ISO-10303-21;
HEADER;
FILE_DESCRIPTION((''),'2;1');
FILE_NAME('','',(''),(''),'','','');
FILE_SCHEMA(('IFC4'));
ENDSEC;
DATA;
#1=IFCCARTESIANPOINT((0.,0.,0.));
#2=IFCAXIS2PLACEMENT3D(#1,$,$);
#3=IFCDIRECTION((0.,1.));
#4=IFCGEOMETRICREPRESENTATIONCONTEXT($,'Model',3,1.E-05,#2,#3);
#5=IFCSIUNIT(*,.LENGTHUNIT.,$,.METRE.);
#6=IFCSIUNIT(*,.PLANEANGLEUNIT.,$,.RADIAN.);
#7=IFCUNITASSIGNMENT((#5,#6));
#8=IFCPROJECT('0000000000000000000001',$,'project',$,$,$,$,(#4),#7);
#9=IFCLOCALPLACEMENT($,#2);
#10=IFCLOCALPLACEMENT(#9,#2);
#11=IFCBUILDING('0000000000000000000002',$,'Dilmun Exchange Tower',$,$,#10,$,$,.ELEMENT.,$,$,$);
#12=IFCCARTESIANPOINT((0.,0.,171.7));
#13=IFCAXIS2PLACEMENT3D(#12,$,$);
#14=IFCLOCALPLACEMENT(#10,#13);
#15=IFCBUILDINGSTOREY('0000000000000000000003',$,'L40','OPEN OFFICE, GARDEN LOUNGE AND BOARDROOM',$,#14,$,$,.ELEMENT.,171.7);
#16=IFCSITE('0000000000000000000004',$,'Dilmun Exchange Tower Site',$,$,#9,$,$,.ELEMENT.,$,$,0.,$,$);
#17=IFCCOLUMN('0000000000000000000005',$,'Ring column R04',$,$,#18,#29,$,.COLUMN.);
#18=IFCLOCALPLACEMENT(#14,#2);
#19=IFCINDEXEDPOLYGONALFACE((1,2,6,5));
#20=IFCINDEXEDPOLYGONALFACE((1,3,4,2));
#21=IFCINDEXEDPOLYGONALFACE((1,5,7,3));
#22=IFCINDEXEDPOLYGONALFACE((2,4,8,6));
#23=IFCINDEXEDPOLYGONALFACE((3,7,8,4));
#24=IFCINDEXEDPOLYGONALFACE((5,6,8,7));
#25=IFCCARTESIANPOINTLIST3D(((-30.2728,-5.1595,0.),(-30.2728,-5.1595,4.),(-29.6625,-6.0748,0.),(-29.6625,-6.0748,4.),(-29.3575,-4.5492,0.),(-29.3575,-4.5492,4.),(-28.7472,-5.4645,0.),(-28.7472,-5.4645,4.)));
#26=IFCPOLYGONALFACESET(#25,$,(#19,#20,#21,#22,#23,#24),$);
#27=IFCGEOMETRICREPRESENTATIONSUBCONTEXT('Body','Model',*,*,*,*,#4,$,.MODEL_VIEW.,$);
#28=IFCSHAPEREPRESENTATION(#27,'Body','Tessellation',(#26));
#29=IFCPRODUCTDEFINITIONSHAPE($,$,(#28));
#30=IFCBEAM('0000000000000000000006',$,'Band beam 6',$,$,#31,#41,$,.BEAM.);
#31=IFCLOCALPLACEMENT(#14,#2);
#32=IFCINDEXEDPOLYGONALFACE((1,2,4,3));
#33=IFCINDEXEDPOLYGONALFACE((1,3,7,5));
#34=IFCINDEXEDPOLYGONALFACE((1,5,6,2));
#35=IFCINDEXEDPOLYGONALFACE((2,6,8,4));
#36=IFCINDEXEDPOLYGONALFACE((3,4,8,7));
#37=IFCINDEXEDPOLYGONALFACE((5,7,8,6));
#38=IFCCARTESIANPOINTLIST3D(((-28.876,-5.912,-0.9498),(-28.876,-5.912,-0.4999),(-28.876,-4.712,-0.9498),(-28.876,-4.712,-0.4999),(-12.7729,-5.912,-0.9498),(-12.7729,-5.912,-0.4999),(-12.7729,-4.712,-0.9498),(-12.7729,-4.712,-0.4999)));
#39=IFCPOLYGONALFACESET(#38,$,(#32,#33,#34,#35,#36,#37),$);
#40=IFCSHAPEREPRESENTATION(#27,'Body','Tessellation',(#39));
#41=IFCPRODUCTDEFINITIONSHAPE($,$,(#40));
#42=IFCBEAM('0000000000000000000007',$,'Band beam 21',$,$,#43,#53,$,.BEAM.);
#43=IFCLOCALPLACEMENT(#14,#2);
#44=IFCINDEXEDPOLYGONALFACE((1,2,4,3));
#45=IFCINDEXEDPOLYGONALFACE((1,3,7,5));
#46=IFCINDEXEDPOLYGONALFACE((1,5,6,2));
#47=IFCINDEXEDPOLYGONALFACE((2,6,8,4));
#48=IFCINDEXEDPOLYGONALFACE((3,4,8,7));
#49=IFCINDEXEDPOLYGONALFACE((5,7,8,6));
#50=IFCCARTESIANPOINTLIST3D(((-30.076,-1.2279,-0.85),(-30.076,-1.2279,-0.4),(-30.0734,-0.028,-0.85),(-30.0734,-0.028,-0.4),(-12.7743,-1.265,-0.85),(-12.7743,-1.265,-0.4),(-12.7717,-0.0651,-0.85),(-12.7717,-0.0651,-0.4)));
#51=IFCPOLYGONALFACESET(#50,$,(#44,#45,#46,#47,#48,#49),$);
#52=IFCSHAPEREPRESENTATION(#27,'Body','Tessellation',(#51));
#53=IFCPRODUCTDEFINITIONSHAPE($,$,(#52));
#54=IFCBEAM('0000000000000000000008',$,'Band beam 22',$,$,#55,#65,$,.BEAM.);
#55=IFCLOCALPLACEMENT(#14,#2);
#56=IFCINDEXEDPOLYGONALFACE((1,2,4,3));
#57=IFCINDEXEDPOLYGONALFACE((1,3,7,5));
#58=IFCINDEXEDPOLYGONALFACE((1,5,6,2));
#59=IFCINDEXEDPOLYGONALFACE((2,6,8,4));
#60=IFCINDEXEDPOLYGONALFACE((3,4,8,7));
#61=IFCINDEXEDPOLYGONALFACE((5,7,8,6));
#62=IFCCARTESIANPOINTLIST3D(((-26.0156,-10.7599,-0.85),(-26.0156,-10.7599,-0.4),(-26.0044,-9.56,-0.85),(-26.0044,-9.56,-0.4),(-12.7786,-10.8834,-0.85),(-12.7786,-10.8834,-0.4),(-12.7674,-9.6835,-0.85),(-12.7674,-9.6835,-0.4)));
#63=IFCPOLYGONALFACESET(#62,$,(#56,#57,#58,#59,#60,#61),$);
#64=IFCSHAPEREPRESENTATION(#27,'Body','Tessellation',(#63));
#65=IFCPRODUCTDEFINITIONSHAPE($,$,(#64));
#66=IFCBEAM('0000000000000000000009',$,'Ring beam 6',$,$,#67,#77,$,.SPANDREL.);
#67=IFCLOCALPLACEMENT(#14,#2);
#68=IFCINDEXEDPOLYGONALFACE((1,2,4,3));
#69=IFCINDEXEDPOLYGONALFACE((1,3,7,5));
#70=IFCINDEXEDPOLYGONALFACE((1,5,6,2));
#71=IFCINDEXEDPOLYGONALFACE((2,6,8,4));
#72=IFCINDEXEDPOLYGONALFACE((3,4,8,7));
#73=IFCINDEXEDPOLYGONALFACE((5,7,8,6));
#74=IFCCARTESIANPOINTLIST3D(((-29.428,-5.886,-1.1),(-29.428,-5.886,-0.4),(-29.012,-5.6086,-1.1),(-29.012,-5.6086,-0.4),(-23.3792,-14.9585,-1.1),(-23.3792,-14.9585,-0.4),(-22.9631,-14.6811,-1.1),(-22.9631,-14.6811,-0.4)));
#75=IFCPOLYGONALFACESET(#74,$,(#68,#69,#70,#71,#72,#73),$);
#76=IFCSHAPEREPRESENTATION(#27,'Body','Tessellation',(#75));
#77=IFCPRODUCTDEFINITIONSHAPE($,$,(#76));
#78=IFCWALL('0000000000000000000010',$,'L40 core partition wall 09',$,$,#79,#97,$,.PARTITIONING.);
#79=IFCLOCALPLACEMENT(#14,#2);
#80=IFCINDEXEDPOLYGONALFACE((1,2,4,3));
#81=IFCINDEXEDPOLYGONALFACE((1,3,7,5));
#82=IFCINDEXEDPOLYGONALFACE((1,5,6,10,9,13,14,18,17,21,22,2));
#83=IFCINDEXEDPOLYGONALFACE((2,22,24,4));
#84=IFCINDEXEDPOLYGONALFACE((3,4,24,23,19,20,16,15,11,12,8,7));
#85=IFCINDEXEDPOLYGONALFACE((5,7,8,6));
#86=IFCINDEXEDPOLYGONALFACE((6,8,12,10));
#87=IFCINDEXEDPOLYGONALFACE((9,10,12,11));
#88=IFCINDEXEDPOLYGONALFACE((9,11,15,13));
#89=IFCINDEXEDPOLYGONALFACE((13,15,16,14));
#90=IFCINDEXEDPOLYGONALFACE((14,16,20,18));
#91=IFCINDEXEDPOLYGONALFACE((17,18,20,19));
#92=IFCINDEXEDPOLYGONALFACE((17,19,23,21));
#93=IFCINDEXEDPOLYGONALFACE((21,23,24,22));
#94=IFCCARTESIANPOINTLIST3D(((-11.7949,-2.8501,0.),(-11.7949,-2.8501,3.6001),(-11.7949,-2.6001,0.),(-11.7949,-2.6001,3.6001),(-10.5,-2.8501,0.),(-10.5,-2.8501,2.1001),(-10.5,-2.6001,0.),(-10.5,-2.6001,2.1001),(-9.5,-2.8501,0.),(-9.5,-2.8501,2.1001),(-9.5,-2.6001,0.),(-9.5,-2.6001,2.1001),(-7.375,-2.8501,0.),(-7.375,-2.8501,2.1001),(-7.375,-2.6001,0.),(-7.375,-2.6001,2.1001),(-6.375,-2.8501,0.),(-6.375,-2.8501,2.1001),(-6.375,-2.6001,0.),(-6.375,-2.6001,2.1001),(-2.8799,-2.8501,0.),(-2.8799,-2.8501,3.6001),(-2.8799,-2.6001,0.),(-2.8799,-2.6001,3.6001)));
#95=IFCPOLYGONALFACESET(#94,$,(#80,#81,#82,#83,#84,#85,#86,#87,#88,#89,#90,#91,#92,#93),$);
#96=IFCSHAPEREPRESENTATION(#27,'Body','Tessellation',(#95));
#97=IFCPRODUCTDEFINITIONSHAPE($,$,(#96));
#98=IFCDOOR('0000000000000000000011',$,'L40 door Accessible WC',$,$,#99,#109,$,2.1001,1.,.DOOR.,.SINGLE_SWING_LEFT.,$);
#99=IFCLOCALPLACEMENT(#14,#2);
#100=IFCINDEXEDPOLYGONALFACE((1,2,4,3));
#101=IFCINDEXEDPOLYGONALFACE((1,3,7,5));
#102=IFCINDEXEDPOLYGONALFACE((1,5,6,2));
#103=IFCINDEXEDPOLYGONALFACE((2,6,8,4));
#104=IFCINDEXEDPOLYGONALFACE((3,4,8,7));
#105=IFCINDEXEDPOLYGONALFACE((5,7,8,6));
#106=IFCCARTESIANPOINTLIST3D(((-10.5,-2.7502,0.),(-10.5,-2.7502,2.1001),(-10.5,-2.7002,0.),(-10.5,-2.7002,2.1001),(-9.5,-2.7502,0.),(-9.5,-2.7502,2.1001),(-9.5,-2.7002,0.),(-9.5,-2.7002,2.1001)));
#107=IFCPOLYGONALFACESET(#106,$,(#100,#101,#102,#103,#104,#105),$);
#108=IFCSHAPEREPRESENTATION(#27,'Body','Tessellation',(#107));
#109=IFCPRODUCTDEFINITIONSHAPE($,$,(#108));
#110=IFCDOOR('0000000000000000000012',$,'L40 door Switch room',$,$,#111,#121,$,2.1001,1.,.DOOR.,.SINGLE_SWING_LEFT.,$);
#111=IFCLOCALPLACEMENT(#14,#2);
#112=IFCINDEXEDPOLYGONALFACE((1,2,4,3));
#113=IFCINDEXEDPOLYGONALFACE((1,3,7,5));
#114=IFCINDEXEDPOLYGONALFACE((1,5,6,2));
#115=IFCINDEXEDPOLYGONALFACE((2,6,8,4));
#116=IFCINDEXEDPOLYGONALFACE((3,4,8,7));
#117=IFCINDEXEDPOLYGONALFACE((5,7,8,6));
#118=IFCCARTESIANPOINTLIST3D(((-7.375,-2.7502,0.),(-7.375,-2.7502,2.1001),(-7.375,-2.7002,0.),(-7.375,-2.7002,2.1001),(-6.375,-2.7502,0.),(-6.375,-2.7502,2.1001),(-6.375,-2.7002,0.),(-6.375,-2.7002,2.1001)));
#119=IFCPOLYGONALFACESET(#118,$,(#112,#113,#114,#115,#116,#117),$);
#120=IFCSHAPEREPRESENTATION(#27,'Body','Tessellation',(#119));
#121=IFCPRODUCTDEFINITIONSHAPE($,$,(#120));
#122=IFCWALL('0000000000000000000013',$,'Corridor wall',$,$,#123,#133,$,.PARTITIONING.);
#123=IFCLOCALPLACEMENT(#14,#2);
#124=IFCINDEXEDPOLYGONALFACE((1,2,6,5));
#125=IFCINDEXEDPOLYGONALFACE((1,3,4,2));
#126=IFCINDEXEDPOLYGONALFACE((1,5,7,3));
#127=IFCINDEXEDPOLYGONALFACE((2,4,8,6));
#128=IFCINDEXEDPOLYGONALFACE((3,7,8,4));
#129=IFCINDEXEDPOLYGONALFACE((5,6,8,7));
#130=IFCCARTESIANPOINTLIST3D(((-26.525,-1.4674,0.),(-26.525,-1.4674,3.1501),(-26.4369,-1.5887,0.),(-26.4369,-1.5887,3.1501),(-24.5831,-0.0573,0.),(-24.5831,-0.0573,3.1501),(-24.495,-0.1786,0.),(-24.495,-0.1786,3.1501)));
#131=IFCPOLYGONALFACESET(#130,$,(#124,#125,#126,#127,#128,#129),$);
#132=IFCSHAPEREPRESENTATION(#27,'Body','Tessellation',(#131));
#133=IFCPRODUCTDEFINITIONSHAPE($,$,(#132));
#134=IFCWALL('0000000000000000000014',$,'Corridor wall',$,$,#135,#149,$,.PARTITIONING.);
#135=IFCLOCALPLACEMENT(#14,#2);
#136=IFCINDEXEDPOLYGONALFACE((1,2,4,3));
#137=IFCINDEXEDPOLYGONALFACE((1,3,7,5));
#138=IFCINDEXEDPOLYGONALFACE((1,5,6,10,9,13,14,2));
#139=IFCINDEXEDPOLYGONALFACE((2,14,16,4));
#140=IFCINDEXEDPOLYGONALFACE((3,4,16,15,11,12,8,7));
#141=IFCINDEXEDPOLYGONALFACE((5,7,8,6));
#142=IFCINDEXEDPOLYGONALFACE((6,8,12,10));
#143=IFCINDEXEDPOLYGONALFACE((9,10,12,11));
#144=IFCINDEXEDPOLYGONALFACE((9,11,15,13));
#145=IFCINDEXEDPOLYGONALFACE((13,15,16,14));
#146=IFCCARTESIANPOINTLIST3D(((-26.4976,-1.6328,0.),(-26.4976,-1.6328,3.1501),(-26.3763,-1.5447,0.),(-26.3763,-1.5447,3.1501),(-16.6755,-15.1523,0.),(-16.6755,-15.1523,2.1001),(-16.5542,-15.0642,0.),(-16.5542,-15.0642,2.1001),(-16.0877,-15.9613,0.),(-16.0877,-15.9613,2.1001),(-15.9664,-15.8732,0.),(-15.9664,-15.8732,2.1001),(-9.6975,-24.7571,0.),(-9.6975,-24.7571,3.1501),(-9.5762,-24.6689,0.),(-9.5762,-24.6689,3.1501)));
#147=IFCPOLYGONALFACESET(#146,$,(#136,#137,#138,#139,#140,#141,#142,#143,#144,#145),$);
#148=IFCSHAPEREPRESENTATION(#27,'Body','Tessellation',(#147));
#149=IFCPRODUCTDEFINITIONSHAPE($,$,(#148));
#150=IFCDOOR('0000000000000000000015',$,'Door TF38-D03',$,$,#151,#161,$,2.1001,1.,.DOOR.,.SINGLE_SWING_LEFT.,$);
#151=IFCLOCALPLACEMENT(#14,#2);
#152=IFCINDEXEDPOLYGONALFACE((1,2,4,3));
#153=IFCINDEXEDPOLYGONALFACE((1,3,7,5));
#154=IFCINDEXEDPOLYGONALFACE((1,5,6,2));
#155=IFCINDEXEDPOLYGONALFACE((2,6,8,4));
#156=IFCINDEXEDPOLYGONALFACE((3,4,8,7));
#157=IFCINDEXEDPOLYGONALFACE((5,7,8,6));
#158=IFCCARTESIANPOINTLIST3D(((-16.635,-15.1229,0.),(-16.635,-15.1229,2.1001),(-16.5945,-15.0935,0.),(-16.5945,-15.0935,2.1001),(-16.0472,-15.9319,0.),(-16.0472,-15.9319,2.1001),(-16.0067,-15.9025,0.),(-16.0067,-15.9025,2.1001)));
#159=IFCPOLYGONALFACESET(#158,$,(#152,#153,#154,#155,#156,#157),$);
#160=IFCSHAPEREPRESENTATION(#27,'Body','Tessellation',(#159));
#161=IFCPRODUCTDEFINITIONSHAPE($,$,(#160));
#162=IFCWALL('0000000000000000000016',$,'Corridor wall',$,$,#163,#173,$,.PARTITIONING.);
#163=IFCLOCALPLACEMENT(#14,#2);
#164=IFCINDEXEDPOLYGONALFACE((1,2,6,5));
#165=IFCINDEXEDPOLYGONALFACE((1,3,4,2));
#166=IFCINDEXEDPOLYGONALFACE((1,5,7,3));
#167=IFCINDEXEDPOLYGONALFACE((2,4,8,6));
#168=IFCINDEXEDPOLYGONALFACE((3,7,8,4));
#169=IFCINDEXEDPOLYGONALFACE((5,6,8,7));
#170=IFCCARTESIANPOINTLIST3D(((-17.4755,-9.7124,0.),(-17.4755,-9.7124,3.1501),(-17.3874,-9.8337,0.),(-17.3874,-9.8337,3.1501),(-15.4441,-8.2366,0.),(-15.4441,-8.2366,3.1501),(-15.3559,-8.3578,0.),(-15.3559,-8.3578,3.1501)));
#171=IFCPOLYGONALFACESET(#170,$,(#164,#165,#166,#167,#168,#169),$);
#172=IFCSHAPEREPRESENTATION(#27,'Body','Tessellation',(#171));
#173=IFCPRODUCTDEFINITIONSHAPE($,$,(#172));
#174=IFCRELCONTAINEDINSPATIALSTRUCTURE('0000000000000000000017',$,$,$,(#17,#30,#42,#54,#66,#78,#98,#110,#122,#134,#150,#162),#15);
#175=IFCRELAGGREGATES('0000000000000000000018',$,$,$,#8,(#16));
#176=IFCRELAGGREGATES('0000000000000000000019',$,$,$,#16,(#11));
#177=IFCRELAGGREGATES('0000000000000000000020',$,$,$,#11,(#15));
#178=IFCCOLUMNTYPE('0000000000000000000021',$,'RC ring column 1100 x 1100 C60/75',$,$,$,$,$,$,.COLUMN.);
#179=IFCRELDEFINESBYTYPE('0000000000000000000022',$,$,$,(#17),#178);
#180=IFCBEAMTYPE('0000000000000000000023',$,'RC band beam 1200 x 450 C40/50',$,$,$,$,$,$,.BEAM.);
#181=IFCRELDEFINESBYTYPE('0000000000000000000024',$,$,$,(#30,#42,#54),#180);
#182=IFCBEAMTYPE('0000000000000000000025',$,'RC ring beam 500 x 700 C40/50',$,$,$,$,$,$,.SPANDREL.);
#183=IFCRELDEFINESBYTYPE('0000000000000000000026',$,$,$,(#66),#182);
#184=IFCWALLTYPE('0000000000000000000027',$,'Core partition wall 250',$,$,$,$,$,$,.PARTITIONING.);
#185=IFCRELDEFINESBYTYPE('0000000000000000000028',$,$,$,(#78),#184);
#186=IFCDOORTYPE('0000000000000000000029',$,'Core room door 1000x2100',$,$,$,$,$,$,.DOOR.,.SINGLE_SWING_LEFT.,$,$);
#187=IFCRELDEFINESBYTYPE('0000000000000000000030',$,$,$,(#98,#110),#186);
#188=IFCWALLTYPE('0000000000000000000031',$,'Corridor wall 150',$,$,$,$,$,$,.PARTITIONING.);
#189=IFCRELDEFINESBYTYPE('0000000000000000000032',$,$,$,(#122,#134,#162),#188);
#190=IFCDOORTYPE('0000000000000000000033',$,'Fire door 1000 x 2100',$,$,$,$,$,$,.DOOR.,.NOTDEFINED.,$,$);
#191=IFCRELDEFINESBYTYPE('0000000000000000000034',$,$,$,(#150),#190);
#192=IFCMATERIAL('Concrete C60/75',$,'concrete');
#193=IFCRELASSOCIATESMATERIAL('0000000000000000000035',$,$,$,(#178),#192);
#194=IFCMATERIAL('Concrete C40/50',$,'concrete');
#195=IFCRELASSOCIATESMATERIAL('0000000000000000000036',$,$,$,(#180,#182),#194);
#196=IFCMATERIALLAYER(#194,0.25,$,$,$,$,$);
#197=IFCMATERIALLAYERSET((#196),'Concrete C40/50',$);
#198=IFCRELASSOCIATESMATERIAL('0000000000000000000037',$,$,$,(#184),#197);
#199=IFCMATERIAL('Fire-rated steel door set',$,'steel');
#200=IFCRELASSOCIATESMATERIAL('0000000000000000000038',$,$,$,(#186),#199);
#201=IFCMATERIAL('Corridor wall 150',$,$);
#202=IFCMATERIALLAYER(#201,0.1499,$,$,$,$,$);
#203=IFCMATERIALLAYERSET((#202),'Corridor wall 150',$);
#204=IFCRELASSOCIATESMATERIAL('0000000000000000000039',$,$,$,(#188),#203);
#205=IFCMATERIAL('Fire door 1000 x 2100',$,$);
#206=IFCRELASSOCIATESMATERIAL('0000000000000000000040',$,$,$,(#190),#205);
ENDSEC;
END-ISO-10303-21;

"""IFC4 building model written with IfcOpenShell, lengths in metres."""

from ifc_helpers import new_model, si_unit, direction, frame, frame_2d, origin, origin_2d, place, context, subcontext, project, spatial, rectangle, extrude, material, layer, layer_set, material_profile, profile_set, type_object, element, fill, save


model = new_model("IFC4")

# Units and contexts
model_context = context("Model", 3, precision=1e-05, world=origin(), true_north=direction((0.0, 1.0)))
body_context = subcontext(model_context, "Body", "Model", "MODEL_VIEW")
ifc_project = project(units=[si_unit("LENGTHUNIT", "METRE"), si_unit("PLANEANGLEUNIT", "RADIAN")], contexts=[model_context])

# Site, building, storey
site_placement = place(None, origin())
site = spatial("IfcSite", under=ifc_project, at=site_placement, Name="Dilmun Exchange Tower Site", CompositionType="ELEMENT", RefElevation=0.0)
building_placement = place(site_placement, origin())
building = spatial("IfcBuilding", under=site, at=building_placement, Name="Dilmun Exchange Tower", CompositionType="ELEMENT")
storey_placement = place(building_placement, frame((0.0, 0.0, 171.7)))
storey = spatial("IfcBuildingStorey", under=building, at=storey_placement, Name="L40", Description="OPEN OFFICE, GARDEN LOUNGE AND BOARDROOM", CompositionType="ELEMENT", Elevation=171.7)

# Column
ifc_material_1 = material(Name="Concrete C60/75", Category="concrete")
ifc_material_profile_1 = material_profile(ifc_material_1, rectangle(XDim=1.1001, YDim=1.1001, at=origin_2d()), Name="1100 x 1100")
ifc_profile_set_1 = profile_set([ifc_material_profile_1], Name="Concrete C60/75")
column_type = type_object("IfcColumnType", Name="RC ring column 1100 x 1100 C60/75", PredefinedType="COLUMN", material=ifc_profile_set_1)
column_placement = place(storey_placement, frame((-29.51, -5.312, 0.0), z_axis=(0.0, 0.0, 1.0), x_axis=(0.832029, 0.554733, 0.0)))
element("IfcColumn", 1, at=column_placement, inside=storey, type_object=column_type, Name="Ring column R04", PredefinedType="COLUMN", context=body_context, shape_type="SweptSolid", body=[
    extrude(rectangle(XDim=1.1001, YDim=1.1001, at=origin_2d()), origin(), (0.0, 0.0, 1.0), 4.0),
])

# Beams
ifc_material_2 = material(Name="Concrete C40/50", Category="concrete")
ifc_material_profile_2 = material_profile(ifc_material_2, rectangle(XDim=1.2, YDim=0.45, at=origin_2d()), Name="1200 x 450")
ifc_profile_set_2 = profile_set([ifc_material_profile_2], Name="Concrete C40/50")
beam_type_1 = type_object("IfcBeamType", Name="RC band beam 1200 x 450 C40/50", PredefinedType="BEAM", material=ifc_profile_set_2)
beam_1_placement = place(storey_placement, frame((-28.876, -5.312, -0.7249), z_axis=(1.0, 0.0, 0.0), x_axis=(0.0, 1.0, 0.0)))
element("IfcBeam", 2, at=beam_1_placement, inside=storey, type_object=beam_type_1, Name="Band beam 6", PredefinedType="BEAM", context=body_context, shape_type="SweptSolid", body=[
    extrude(rectangle(XDim=1.2, YDim=0.45, at=origin_2d()), origin(), (0.0, 0.0, 1.0), 16.103),
])
beam_2_placement = place(storey_placement, frame((-30.0747, -0.6279, -0.625), z_axis=(0.999998, -0.002145, 0.0), x_axis=(0.002145, 0.999998, 0.0)))
element("IfcBeam", 3, at=beam_2_placement, inside=storey, type_object=beam_type_1, Name="Band beam 21", PredefinedType="BEAM", context=body_context, shape_type="SweptSolid", body=[
    extrude(rectangle(XDim=1.2, YDim=0.45, at=origin_2d()), origin(), (0.0, 0.0, 1.0), 17.3018),
])
beam_3_placement = place(storey_placement, frame((-26.01, -10.1599, -0.625), z_axis=(0.999956, -0.009332, 0.0), x_axis=(0.009332, 0.999956, 0.0)))
element("IfcBeam", 4, at=beam_3_placement, inside=storey, type_object=beam_type_1, Name="Band beam 22", PredefinedType="BEAM", context=body_context, shape_type="SweptSolid", body=[
    extrude(rectangle(XDim=1.2, YDim=0.45, at=origin_2d()), origin(), (0.0, 0.0, 1.0), 13.2375),
])
ifc_material_profile_3 = material_profile(ifc_material_2, rectangle(XDim=0.5, YDim=0.7, at=origin_2d()), Name="500 x 700")
ifc_profile_set_3 = profile_set([ifc_material_profile_3], Name="Concrete C40/50")
beam_type_2 = type_object("IfcBeamType", Name="RC ring beam 500 x 700 C40/50", PredefinedType="SPANDREL", material=ifc_profile_set_3)
beam_4_placement = place(storey_placement, frame((-29.22, -5.7473, -0.75), z_axis=(0.554731, -0.83203, 0.0), x_axis=(0.83203, 0.554731, 0.0)))
element("IfcBeam", 5, at=beam_4_placement, inside=storey, type_object=beam_type_2, Name="Ring beam 6", PredefinedType="SPANDREL", context=body_context, shape_type="SweptSolid", body=[
    extrude(rectangle(XDim=0.5, YDim=0.7, at=origin_2d()), origin(), (0.0, 0.0, 1.0), 10.9041),
])

# Wall, openings, doors
ifc_layer_1 = layer(ifc_material_2, 0.25)
ifc_layer_set_1 = layer_set([ifc_layer_1], Name="Concrete C40/50")
wall_type_1 = type_object("IfcWallType", Name="Core partition wall 250", PredefinedType="PARTITIONING", material=ifc_layer_set_1)
wall_1_placement = place(storey_placement, frame((-11.7949, -2.7251, 0.0), z_axis=(0.0, 0.0, 1.0), x_axis=(1.0, 0.0, 0.0)))
wall_1 = element("IfcWall", 6, at=wall_1_placement, inside=storey, type_object=wall_type_1, Name="L40 core partition wall 09", PredefinedType="PARTITIONING", context=body_context, shape_type="SweptSolid", body=[
    extrude(rectangle(XDim=8.915, YDim=0.25, at=frame_2d((4.4575, 0.0))), origin(), (0.0, 0.0, 1.0), 3.6001),
])
opening_1_placement = place(wall_1_placement, frame((1.2949, 0.0, 0.0)))
opening_1 = element("IfcOpeningElement", 7, at=opening_1_placement, cuts=wall_1, PredefinedType="OPENING", context=body_context, shape_type="SweptSolid", body=[
    extrude(rectangle(XDim=1.0, YDim=2.1001, at=frame_2d((0.5, 1.05))), frame((0.0, 0.135, 0.0), z_axis=(0.0, -1.0, 0.0), x_axis=(1.0, 0.0, 0.0)), (0.0, 0.0, 1.0), 0.27),
])
opening_2_placement = place(wall_1_placement, frame((4.4199, 0.0, 0.0)))
opening_2 = element("IfcOpeningElement", 8, at=opening_2_placement, cuts=wall_1, PredefinedType="OPENING", context=body_context, shape_type="SweptSolid", body=[
    extrude(rectangle(XDim=1.0, YDim=2.1001, at=frame_2d((0.5, 1.05))), frame((0.0, 0.135, 0.0), z_axis=(0.0, -1.0, 0.0), x_axis=(1.0, 0.0, 0.0)), (0.0, 0.0, 1.0), 0.27),
])
ifc_material_3 = material(Name="Fire-rated steel door set", Category="steel")
door_type_1 = type_object("IfcDoorType", Name="Core room door 1000x2100", OperationType="SINGLE_SWING_LEFT", PredefinedType="DOOR", material=ifc_material_3)
door_1_placement = place(opening_1_placement, origin())
door_1 = element("IfcDoor", 9, at=door_1_placement, inside=storey, type_object=door_type_1, Name="L40 door Accessible WC", OperationType="SINGLE_SWING_LEFT", OverallHeight=2.1001, OverallWidth=1.0, PredefinedType="DOOR", context=body_context, shape_type="SweptSolid", body=[
    extrude(rectangle(XDim=1.0, YDim=2.1001, at=frame_2d((0.5, 1.05))), frame((0.0, 0.0249, 0.0), z_axis=(0.0, -1.0, 0.0), x_axis=(1.0, 0.0, 0.0)), (0.0, 0.0, 1.0), 0.05),
])
fill(opening_1, door_1)
door_2_placement = place(opening_2_placement, origin())
door_2 = element("IfcDoor", 10, at=door_2_placement, inside=storey, type_object=door_type_1, Name="L40 door Switch room", OperationType="SINGLE_SWING_LEFT", OverallHeight=2.1001, OverallWidth=1.0, PredefinedType="DOOR", context=body_context, shape_type="SweptSolid", body=[
    extrude(rectangle(XDim=1.0, YDim=2.1001, at=frame_2d((0.5, 1.05))), frame((0.0, 0.0249, 0.0), z_axis=(0.0, -1.0, 0.0), x_axis=(1.0, 0.0, 0.0)), (0.0, 0.0, 1.0), 0.05),
])
fill(opening_2, door_2)

# Wall
ifc_material_4 = material(Name="Corridor wall 150")
ifc_layer_2 = layer(ifc_material_4, 0.1499)
ifc_layer_set_2 = layer_set([ifc_layer_2], Name="Corridor wall 150")
wall_type_2 = type_object("IfcWallType", Name="Corridor wall 150", PredefinedType="PARTITIONING", material=ifc_layer_set_2)
wall_2_placement = place(storey_placement, frame((-26.481, -1.5281, 0.0), z_axis=(0.0, 0.0, 1.0), x_axis=(0.809158, 0.587591, 0.0)))
element("IfcWall", 11, at=wall_2_placement, inside=storey, type_object=wall_type_2, Name="Corridor wall", PredefinedType="PARTITIONING", context=body_context, shape_type="SweptSolid", body=[
    extrude(rectangle(XDim=2.3999, YDim=0.1499, at=frame_2d((1.2, 0.0))), origin(), (0.0, 0.0, 1.0), 3.1501),
])

# Wall, opening, door
wall_3_placement = place(storey_placement, frame((-26.437, -1.5886, 0.0), z_axis=(0.0, 0.0, 1.0), x_axis=(0.587769, -0.809029, 0.0)))
wall_3 = element("IfcWall", 12, at=wall_3_placement, inside=storey, type_object=wall_type_2, Name="Corridor wall", PredefinedType="PARTITIONING", context=body_context, shape_type="SweptSolid", body=[
    extrude(rectangle(XDim=28.5828, YDim=0.1499, at=frame_2d((14.2915, 0.0))), origin(), (0.0, 0.0, 1.0), 3.1501),
])
opening_3_placement = place(wall_3_placement, frame((16.7109, 0.0, 0.0)))
opening_3 = element("IfcOpeningElement", 13, at=opening_3_placement, cuts=wall_3, PredefinedType="OPENING", context=body_context, shape_type="SweptSolid", body=[
    extrude(rectangle(XDim=1.0, YDim=2.1001, at=frame_2d((0.5, 1.05))), frame((0.0, 0.085, 0.0), z_axis=(0.0, -1.0, 0.0), x_axis=(1.0, 0.0, 0.0)), (0.0, 0.0, 1.0), 0.1699),
])
ifc_material_5 = material(Name="Fire door 1000 x 2100")
door_type_2 = type_object("IfcDoorType", Name="Fire door 1000 x 2100", OperationType="NOTDEFINED", PredefinedType="DOOR", material=ifc_material_5)
door_3_placement = place(opening_3_placement, frame((1.0, 0.0, 0.0), z_axis=(0.0, 0.0, 1.0), x_axis=(-1.0, 0.0, 0.0)))
door_3 = element("IfcDoor", 14, at=door_3_placement, inside=storey, type_object=door_type_2, Name="Door TF38-D03", OperationType="SINGLE_SWING_LEFT", OverallHeight=2.1001, OverallWidth=1.0, PredefinedType="DOOR", context=body_context, shape_type="SweptSolid", body=[
    extrude(rectangle(XDim=1.0, YDim=2.1001, at=frame_2d((0.5, 1.05))), frame((0.0, 0.0249, 0.0), z_axis=(0.0, -1.0, 0.0), x_axis=(1.0, 0.0, 0.0)), (0.0, 0.0, 1.0), 0.05),
])
fill(opening_3, door_3)

# Wall
wall_4_placement = place(storey_placement, frame((-17.4314, -9.7729, 0.0), z_axis=(0.0, 0.0, 1.0), x_axis=(0.809043, 0.58775, 0.0)))
element("IfcWall", 15, at=wall_4_placement, inside=storey, type_object=wall_type_2, Name="Corridor wall", PredefinedType="PARTITIONING", context=body_context, shape_type="SweptSolid", body=[
    extrude(rectangle(XDim=2.511, YDim=0.1499, at=frame_2d((1.2554, 0.0))), origin(), (0.0, 0.0, 1.0), 3.1501),
])

save(model, "model.ifc")
